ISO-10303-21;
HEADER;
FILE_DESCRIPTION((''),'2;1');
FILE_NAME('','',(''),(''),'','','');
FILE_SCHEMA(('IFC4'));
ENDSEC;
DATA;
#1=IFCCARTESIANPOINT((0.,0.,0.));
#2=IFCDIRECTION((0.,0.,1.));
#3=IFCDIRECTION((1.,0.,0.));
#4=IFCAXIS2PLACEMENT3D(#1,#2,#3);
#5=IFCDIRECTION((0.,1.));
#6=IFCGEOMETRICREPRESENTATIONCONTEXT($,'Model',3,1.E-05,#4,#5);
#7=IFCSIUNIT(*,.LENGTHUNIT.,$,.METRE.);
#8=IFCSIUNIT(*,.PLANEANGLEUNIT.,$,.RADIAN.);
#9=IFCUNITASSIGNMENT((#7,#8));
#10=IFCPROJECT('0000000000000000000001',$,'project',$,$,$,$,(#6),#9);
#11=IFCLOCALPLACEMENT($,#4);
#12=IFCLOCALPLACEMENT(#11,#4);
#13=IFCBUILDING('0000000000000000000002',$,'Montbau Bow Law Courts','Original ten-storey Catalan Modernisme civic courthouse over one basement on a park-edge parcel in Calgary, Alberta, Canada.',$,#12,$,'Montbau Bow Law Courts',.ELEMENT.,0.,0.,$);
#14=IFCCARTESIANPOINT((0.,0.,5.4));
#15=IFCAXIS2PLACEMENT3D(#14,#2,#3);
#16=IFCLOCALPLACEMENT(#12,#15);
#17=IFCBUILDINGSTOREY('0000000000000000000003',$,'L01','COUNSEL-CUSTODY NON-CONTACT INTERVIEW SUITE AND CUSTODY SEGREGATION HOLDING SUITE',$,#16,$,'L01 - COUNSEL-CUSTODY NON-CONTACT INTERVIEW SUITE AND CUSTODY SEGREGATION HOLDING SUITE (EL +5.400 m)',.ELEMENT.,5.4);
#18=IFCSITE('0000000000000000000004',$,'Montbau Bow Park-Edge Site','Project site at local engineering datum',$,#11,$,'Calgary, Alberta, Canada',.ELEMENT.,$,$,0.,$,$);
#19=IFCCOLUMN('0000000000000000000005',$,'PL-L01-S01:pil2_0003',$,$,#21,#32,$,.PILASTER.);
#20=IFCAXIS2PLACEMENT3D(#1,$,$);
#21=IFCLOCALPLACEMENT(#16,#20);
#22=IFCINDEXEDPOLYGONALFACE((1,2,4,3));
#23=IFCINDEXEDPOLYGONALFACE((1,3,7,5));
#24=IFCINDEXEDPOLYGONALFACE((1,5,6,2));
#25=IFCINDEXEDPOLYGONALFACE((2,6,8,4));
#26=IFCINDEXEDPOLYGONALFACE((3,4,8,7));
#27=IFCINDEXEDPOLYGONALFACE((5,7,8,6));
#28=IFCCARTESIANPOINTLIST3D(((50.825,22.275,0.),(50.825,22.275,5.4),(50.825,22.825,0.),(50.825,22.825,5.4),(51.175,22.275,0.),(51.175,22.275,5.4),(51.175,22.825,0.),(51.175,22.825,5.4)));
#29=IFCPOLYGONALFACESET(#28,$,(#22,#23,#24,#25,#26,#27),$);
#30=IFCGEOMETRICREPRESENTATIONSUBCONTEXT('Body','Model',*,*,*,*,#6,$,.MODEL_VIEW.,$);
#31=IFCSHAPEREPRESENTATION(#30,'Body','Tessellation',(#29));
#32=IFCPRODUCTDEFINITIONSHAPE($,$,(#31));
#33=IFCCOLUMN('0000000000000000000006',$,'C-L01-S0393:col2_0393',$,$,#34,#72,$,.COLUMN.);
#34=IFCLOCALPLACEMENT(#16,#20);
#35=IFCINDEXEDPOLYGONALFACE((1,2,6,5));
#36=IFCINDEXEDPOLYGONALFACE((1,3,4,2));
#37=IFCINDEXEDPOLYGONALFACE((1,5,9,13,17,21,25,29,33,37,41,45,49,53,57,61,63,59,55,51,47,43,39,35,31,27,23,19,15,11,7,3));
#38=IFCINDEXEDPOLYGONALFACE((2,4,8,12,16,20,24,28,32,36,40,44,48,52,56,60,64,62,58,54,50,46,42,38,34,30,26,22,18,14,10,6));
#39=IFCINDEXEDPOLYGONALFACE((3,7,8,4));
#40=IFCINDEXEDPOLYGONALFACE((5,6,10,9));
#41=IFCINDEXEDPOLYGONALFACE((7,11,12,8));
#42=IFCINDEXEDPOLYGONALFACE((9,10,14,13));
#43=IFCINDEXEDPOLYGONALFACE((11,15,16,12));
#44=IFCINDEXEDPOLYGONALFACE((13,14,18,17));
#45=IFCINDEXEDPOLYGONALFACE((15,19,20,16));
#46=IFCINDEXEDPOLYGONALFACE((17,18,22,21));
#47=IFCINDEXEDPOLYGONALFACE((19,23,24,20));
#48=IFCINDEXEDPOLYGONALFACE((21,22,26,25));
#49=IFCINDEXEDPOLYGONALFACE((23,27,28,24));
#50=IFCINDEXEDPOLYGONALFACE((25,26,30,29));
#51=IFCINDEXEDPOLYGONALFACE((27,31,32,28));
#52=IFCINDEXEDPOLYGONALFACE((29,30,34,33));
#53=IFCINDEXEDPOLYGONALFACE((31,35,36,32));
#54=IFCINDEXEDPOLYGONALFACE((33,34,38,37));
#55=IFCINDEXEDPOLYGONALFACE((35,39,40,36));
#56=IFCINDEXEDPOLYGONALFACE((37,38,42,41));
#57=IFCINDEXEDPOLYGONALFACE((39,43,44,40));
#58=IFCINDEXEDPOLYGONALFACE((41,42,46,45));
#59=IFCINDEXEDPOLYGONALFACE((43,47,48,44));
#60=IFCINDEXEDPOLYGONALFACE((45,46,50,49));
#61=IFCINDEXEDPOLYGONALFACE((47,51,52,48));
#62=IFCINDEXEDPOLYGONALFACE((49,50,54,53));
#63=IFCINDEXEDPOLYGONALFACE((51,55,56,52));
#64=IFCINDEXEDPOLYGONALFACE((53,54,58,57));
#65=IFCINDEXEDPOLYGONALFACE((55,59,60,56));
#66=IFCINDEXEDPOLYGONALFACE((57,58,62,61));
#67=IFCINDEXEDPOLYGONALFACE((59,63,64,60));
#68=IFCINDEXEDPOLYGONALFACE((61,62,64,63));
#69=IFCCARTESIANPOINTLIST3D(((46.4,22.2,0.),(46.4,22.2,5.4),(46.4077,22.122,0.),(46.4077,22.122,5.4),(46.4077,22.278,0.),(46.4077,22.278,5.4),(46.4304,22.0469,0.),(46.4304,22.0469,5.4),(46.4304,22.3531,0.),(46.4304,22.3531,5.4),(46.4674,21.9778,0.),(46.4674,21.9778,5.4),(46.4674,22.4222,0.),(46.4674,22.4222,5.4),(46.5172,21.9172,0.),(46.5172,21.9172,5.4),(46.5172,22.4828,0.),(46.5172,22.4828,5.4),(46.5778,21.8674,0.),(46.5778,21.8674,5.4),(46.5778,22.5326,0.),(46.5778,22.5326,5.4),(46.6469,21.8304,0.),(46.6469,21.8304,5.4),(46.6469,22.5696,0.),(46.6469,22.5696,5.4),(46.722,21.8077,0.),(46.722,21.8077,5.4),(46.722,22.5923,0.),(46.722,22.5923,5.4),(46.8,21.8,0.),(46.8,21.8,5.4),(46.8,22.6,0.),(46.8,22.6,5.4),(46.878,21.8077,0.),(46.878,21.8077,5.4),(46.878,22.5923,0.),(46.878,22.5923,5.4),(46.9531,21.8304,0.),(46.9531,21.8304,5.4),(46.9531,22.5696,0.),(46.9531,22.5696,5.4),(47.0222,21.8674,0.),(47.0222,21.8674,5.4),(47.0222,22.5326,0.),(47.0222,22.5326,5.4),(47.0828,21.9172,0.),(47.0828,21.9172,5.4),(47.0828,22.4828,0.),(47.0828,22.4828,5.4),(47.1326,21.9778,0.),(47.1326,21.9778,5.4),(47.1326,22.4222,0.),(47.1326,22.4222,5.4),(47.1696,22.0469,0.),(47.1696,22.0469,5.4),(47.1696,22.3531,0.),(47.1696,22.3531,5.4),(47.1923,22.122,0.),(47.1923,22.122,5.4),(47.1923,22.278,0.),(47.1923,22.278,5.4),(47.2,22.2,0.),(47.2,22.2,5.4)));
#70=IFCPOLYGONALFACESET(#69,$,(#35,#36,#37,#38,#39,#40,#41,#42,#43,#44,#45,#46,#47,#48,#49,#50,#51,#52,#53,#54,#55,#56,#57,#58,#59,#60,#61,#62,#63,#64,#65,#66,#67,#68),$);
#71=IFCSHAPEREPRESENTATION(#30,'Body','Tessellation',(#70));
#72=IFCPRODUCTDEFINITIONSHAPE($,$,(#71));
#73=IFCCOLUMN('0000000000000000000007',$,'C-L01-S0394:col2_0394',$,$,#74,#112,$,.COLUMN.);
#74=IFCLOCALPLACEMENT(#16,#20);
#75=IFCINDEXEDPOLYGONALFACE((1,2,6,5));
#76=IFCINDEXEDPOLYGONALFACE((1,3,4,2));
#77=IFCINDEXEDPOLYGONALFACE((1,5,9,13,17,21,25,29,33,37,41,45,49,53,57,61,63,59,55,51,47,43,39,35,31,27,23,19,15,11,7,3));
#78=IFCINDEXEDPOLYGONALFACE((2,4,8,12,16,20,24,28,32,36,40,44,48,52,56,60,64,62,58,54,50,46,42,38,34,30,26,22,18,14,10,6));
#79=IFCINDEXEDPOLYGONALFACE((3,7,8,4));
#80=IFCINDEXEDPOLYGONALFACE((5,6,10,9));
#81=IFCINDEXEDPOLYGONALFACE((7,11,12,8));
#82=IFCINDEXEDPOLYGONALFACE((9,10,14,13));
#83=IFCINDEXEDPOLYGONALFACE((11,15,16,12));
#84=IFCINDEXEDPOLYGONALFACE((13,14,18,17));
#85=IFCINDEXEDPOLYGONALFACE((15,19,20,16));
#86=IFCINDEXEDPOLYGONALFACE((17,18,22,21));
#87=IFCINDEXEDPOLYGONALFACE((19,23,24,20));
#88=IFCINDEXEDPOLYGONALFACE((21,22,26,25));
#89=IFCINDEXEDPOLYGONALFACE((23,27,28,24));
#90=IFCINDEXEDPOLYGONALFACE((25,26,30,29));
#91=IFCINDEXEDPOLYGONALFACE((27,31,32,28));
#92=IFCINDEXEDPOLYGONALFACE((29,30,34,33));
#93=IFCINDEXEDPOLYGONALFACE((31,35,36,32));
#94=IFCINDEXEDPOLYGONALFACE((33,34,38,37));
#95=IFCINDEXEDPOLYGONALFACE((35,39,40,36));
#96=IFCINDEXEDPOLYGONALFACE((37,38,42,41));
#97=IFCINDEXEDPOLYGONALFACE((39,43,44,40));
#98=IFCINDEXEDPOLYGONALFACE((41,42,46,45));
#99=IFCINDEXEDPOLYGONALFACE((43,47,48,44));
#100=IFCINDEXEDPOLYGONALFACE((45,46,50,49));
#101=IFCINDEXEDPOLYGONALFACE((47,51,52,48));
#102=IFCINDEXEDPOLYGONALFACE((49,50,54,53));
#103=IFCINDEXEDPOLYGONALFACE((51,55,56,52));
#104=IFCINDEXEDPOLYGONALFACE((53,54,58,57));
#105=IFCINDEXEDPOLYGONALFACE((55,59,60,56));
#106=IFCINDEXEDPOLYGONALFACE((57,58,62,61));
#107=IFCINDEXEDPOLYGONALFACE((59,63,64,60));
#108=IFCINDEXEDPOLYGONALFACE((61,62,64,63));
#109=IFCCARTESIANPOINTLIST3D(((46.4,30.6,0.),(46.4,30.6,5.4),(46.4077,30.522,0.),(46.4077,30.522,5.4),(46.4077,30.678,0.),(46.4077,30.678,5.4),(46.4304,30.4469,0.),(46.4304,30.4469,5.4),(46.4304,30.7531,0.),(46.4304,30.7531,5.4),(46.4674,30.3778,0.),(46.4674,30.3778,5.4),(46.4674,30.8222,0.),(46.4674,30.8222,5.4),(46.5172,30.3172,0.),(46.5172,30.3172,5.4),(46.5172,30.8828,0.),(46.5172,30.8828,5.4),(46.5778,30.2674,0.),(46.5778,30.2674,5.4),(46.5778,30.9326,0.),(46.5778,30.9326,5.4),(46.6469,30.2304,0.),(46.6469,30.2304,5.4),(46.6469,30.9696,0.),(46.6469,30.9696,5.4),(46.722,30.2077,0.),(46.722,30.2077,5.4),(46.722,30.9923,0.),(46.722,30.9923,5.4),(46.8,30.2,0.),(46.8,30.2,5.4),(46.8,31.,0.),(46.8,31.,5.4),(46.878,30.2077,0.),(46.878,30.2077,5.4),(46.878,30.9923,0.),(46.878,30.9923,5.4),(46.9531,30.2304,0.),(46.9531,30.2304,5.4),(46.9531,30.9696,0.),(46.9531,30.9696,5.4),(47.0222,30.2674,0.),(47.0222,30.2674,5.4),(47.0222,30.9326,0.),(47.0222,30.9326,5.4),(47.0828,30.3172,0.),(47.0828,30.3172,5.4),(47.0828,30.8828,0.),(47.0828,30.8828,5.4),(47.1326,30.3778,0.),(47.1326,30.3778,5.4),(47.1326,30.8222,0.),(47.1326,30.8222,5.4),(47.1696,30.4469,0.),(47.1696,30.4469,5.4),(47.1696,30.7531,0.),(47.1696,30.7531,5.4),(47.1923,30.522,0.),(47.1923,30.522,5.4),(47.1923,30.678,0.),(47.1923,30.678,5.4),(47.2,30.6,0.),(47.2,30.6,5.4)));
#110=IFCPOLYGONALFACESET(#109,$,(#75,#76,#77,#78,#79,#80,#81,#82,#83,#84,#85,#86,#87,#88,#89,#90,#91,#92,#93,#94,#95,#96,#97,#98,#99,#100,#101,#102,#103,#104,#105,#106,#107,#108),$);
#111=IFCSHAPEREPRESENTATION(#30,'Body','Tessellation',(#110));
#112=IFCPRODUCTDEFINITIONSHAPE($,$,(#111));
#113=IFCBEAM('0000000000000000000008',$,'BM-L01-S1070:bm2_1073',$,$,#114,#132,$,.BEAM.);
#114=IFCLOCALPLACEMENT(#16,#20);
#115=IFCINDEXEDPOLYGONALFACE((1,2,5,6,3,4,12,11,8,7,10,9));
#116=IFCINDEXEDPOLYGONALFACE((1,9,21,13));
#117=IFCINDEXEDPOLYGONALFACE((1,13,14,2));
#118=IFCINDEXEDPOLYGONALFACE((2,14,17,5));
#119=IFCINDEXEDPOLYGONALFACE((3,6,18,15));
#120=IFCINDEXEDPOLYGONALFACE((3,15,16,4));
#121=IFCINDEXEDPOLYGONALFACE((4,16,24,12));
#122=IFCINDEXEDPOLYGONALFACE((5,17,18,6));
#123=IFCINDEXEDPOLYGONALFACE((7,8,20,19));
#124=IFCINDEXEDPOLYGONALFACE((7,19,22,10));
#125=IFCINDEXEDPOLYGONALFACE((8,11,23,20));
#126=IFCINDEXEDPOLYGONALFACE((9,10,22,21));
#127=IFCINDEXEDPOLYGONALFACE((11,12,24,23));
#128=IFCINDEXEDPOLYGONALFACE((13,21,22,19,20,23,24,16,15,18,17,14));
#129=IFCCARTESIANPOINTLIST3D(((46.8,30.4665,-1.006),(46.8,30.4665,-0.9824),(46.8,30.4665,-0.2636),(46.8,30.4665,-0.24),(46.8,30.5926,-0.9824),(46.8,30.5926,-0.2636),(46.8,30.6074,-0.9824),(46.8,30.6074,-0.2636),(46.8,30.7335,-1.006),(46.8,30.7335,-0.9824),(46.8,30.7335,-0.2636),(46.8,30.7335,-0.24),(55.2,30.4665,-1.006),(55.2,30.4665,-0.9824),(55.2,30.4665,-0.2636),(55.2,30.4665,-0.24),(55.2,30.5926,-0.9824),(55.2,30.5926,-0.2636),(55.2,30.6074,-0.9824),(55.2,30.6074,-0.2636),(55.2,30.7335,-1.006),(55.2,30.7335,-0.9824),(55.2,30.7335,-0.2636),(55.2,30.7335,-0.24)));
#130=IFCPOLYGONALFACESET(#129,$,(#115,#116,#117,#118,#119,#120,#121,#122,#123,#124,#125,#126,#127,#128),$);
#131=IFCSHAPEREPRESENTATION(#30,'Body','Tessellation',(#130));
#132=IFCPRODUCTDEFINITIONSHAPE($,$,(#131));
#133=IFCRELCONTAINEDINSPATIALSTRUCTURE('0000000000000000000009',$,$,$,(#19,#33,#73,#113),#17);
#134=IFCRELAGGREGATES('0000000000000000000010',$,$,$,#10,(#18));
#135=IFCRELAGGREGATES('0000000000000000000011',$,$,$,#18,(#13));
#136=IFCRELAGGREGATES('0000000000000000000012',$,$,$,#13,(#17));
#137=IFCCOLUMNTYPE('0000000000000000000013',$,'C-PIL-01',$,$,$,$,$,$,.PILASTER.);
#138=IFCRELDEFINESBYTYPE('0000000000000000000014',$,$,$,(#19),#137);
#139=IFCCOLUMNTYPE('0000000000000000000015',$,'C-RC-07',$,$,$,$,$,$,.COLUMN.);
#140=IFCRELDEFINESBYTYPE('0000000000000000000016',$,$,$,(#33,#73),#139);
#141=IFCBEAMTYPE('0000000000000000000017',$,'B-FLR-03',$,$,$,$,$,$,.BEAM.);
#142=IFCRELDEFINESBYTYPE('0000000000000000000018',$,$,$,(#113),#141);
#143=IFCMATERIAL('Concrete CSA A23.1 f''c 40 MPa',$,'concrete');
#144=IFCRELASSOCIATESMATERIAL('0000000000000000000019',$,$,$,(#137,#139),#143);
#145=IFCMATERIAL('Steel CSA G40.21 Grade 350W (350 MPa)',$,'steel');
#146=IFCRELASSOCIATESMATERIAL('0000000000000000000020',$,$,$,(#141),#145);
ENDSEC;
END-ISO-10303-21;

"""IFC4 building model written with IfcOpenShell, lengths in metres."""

from ifc_helpers import new_model, si_unit, direction, frame, origin_with_axes, origin_2d_with_axis, place, context, subcontext, project, spatial, rectangle, circle, i_section, extrude, material, material_profile, profile_set, type_object, element, save


model = new_model("IFC4")

# Units and contexts
model_context = context("Model", 3, precision=1e-05, world=origin_with_axes(), true_north=direction((0.0, 1.0)))
body_context = subcontext(model_context, "Body", "Model", "MODEL_VIEW")
ifc_project = project(units=[si_unit("LENGTHUNIT", "METRE"), si_unit("PLANEANGLEUNIT", "RADIAN")], contexts=[model_context])

# Site, building, storey
site_placement = place(None, origin_with_axes())
site = spatial("IfcSite", under=ifc_project, at=site_placement, Name="Montbau Bow Park-Edge Site", Description="Project site at local engineering datum", LongName="Calgary, Alberta, Canada", CompositionType="ELEMENT", RefElevation=0.0)
building_placement = place(site_placement, origin_with_axes())
building = spatial("IfcBuilding", under=site, at=building_placement, Name="Montbau Bow Law Courts", Description="Original ten-storey Catalan Modernisme civic courthouse over one basement on a park-edge parcel in Calgary, Alberta, Canada.", LongName="Montbau Bow Law Courts", CompositionType="ELEMENT", ElevationOfRefHeight=0.0, ElevationOfTerrain=0.0)
storey_placement = place(building_placement, frame((0.0, 0.0, 5.4), z_axis=(0.0, 0.0, 1.0), x_axis=(1.0, 0.0, 0.0)))
storey = spatial("IfcBuildingStorey", under=building, at=storey_placement, Name="L01", Description="COUNSEL-CUSTODY NON-CONTACT INTERVIEW SUITE AND CUSTODY SEGREGATION HOLDING SUITE", LongName="L01 - COUNSEL-CUSTODY NON-CONTACT INTERVIEW SUITE AND CUSTODY SEGREGATION HOLDING SUITE (EL +5.400 m)", CompositionType="ELEMENT", Elevation=5.4)

# Columns
ifc_material_1 = material(Name="Concrete CSA A23.1 f'c 40 MPa", Category="concrete")
ifc_material_profile_1 = material_profile(ifc_material_1, rectangle(XDim=0.35, YDim=0.55, at=origin_2d_with_axis()), Name="RC550X350", Category="Main", Priority=0)
ifc_profile_set_1 = profile_set([ifc_material_profile_1], Name="Concrete CSA A23.1 f'c 40 MPa")
column_type_1 = type_object("IfcColumnType", Name="C-PIL-01", PredefinedType="PILASTER", material=ifc_profile_set_1)
column_placement = place(None, frame((51.0, 22.55, 5.4), z_axis=(0.0, 0.0, 1.0), x_axis=(1.0, 0.0, 0.0)))
element("IfcColumn", 1, at=column_placement, inside=storey, type_object=column_type_1, Name="PL-L01-S01:pil2_0003", PredefinedType="PILASTER", context=body_context, shape_type="SweptSolid", body=[
    extrude(rectangle(XDim=0.35, YDim=0.55, at=origin_2d_with_axis()), origin_with_axes(), (0.0, 0.0, 1.0), 5.4),
])
ifc_material_profile_2 = material_profile(ifc_material_1, circle(Radius=0.4, at=origin_2d_with_axis()), Name="RC800D", Category="Main", Priority=0)
ifc_profile_set_2 = profile_set([ifc_material_profile_2], Name="Concrete CSA A23.1 f'c 40 MPa")
column_type_2 = type_object("IfcColumnType", Name="C-RC-07", PredefinedType="COLUMN", material=ifc_profile_set_2)
for number, where, z_axis, x_axis, name in (
    (2, (46.8, 22.2, 5.4), (0.0, 0.0, 1.0), (1.0, 0.0, 0.0), "C-L01-S0393:col2_0393"),
    (3, (46.8, 30.6, 5.4), (0.0, 0.0, 1.0), (1.0, 0.0, 0.0), "C-L01-S0394:col2_0394"),
):
    element("IfcColumn", number, at=place(None, frame(where, z_axis=z_axis, x_axis=x_axis)), inside=storey, type_object=column_type_2, Name=name, PredefinedType="COLUMN", context=body_context, shape_type="SweptSolid", body=[
        extrude(circle(Radius=0.4, at=origin_2d_with_axis()), origin_with_axes(), (0.0, 0.0, 1.0), 5.4),
    ])

# Beam
ifc_material_2 = material(Name="Steel CSA G40.21 Grade 350W (350 MPa)", Category="steel")
ifc_material_profile_3 = material_profile(ifc_material_2, i_section(OverallWidth=0.267, OverallDepth=0.766, WebThickness=0.0149, FlangeThickness=0.0236, at=origin_2d_with_axis()), Name="W760X185", Category="Main", Priority=0)
ifc_profile_set_3 = profile_set([ifc_material_profile_3], Name="Steel CSA G40.21 Grade 350W (350 MPa)")
beam_type_1 = type_object("IfcBeamType", Name="B-FLR-03", PredefinedType="BEAM", material=ifc_profile_set_3)
beam_placement = place(None, frame((46.8, 30.6, 4.777), z_axis=(1.0, 0.0, 0.0), x_axis=(0.0, 1.0, 0.0)))
element("IfcBeam", 4, at=beam_placement, inside=storey, type_object=beam_type_1, Name="BM-L01-S1070:bm2_1073", PredefinedType="BEAM", context=body_context, shape_type="SweptSolid", body=[
    extrude(i_section(OverallWidth=0.267, OverallDepth=0.766, WebThickness=0.0149, FlangeThickness=0.0236, at=origin_2d_with_axis()), origin_with_axes(), (0.0, 0.0, 1.0), 8.4),
])

save(model, "model.ifc")
